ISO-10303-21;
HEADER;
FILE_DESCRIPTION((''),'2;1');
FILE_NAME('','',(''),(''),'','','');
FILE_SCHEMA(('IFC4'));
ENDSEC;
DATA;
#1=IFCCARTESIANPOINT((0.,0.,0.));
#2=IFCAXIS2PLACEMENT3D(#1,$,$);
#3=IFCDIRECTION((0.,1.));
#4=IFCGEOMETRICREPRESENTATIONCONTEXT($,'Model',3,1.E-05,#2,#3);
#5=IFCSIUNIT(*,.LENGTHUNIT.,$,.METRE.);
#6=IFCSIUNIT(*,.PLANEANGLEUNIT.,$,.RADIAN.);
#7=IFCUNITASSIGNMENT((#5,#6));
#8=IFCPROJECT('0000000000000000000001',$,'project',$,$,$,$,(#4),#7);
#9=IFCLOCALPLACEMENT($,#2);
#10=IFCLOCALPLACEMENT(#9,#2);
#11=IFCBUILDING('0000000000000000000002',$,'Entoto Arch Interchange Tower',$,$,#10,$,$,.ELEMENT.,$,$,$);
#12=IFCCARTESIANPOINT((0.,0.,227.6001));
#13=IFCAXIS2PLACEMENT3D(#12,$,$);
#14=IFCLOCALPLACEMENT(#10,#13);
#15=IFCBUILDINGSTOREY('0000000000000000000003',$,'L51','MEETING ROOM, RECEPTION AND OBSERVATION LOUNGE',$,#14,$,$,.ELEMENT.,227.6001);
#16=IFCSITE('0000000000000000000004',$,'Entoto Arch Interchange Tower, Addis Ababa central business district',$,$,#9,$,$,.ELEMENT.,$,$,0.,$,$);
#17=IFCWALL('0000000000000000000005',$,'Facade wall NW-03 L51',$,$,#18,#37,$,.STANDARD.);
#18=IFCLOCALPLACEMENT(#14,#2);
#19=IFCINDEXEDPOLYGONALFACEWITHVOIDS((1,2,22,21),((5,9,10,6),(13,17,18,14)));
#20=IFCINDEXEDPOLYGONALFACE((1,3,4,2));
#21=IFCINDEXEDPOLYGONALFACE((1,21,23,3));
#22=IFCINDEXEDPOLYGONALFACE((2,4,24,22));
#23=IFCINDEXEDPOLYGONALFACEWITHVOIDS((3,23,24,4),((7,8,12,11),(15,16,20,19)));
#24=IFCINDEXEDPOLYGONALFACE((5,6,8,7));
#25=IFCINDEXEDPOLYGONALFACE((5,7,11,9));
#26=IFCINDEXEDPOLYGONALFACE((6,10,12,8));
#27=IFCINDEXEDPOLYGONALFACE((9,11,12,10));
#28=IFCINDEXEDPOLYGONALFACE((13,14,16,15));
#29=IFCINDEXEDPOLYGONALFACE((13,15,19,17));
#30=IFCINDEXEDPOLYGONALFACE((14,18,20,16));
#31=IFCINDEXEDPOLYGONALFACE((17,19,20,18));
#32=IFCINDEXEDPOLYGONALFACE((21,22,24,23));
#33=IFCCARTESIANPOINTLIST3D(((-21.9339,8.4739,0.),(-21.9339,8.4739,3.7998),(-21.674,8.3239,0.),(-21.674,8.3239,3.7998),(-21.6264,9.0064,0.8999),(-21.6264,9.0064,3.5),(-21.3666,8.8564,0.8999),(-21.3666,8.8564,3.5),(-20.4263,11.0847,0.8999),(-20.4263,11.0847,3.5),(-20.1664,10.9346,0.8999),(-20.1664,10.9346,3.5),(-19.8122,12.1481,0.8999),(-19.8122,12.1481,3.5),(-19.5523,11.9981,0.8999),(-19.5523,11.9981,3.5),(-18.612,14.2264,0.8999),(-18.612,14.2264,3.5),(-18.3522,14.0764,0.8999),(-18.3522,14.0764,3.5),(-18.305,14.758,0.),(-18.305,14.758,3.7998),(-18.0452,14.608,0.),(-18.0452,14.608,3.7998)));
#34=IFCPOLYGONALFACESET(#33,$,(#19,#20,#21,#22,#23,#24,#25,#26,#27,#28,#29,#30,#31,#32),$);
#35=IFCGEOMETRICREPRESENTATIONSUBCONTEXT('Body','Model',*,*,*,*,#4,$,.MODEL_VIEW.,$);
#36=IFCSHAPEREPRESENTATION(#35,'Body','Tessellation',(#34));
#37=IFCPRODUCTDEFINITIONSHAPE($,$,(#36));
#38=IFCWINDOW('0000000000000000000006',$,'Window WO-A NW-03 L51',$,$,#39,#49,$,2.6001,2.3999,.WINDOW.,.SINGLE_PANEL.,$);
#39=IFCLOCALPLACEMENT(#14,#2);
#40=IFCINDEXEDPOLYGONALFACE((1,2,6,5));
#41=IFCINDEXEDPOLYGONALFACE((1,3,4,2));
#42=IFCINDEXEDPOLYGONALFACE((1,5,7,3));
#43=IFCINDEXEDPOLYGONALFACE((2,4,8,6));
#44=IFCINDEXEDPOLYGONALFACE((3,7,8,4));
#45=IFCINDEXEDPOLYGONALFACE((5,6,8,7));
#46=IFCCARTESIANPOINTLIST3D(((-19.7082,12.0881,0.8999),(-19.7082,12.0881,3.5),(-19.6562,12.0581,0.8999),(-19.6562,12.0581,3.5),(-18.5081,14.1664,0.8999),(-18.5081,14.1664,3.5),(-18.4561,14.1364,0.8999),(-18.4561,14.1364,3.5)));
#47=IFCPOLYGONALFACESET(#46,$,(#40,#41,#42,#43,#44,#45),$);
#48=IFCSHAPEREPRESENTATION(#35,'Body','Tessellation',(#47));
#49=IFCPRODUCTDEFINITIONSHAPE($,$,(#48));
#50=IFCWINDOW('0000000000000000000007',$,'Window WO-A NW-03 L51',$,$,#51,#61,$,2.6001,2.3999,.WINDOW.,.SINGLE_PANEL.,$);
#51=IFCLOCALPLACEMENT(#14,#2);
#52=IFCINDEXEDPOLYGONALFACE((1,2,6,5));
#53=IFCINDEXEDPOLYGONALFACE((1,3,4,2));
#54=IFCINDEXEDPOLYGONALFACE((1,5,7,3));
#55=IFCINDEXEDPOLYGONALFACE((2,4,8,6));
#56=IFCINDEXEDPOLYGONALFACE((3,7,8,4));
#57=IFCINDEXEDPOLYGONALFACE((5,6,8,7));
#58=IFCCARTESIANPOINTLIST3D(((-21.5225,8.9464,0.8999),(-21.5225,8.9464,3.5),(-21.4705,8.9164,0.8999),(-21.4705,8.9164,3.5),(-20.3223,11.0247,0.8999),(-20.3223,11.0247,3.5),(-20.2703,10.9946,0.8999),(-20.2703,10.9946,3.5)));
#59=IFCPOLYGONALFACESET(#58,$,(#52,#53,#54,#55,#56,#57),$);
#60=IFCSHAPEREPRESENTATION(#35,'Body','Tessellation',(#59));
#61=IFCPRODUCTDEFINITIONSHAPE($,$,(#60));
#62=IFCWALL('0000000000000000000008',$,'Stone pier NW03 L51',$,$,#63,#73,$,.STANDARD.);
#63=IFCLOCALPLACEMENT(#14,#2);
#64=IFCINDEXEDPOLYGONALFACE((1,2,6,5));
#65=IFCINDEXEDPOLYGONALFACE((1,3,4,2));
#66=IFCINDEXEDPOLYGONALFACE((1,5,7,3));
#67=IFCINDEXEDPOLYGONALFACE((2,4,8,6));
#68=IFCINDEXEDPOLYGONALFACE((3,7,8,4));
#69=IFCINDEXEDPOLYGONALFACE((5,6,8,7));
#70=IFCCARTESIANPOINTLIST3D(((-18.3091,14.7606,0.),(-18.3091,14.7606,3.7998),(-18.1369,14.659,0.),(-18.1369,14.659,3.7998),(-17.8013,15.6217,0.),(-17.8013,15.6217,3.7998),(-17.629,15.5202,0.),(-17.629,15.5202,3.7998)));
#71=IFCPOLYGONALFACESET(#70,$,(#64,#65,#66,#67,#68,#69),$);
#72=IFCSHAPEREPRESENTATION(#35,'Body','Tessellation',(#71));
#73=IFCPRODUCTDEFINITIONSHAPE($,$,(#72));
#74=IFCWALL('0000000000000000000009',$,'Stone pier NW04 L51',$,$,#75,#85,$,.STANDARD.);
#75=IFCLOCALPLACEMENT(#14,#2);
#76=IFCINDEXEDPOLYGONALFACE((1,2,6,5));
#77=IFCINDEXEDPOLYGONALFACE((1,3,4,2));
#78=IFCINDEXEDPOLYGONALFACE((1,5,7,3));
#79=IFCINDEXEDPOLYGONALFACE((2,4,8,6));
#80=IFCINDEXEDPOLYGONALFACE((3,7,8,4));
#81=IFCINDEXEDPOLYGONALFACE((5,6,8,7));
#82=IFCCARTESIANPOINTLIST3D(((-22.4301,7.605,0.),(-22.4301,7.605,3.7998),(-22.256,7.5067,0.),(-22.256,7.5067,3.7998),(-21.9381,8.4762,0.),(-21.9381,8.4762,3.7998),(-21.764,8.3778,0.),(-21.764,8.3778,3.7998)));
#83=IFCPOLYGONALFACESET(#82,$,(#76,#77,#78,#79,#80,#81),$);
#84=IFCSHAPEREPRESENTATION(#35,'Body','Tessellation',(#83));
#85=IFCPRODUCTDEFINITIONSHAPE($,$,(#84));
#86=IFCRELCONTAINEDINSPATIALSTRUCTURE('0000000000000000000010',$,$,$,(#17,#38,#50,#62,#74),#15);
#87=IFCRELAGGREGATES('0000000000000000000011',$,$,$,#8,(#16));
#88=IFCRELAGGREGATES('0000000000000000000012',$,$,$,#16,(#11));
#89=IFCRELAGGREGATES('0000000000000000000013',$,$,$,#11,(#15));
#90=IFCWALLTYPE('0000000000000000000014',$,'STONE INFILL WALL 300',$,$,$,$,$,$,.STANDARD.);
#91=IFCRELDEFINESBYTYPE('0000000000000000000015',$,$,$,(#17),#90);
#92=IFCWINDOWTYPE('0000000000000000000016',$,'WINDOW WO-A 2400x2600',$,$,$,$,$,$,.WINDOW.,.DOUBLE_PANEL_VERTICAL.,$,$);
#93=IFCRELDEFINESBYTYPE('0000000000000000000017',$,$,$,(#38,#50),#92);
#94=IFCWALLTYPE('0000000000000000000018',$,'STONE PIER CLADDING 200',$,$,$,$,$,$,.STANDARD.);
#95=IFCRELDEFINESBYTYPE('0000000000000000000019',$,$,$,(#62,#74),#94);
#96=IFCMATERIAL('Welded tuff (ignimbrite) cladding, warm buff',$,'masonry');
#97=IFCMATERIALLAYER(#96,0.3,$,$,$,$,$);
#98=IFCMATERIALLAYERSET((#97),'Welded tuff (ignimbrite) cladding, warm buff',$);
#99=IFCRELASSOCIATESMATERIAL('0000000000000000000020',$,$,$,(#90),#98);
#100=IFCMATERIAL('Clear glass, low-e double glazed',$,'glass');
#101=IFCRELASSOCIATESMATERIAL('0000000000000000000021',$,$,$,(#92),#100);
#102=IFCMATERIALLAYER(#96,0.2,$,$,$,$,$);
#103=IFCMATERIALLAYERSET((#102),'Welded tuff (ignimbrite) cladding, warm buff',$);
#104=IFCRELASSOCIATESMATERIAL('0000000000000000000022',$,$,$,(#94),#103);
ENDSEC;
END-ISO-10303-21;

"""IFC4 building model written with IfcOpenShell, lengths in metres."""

from ifc_helpers import new_model, si_unit, direction, frame, frame_2d, origin, place, context, subcontext, project, spatial, rectangle, extrude, material, layer, layer_set, type_object, element, fill, save


model = new_model("IFC4")

# Units and contexts
model_context = context("Model", 3, precision=1e-05, world=origin(), true_north=direction((0.0, 1.0)))
body_context = subcontext(model_context, "Body", "Model", "MODEL_VIEW")
ifc_project = project(units=[si_unit("LENGTHUNIT", "METRE"), si_unit("PLANEANGLEUNIT", "RADIAN")], contexts=[model_context])

# Site, building, storey
site_placement = place(None, origin())
site = spatial("IfcSite", under=ifc_project, at=site_placement, Name="Entoto Arch Interchange Tower, Addis Ababa central business district", CompositionType="ELEMENT", RefElevation=0.0)
building_placement = place(site_placement, origin())
building = spatial("IfcBuilding", under=site, at=building_placement, Name="Entoto Arch Interchange Tower", CompositionType="ELEMENT")
storey_placement = place(building_placement, frame((0.0, 0.0, 227.6001)))
storey = spatial("IfcBuildingStorey", under=building, at=storey_placement, Name="L51", Description="MEETING ROOM, RECEPTION AND OBSERVATION LOUNGE", CompositionType="ELEMENT", Elevation=227.6001)

# Wall, openings, windows
ifc_material_1 = material(Name="Welded tuff (ignimbrite) cladding, warm buff", Category="masonry")
ifc_layer_1 = layer(ifc_material_1, 0.3)
ifc_layer_set_1 = layer_set([ifc_layer_1], Name="Welded tuff (ignimbrite) cladding, warm buff")
wall_type_1 = type_object("IfcWallType", Name="STONE INFILL WALL 300", PredefinedType="STANDARD", material=ifc_layer_set_1)
wall_1_placement = place(storey_placement, frame((-18.175, 14.6831, 0.0), z_axis=(0.0, 0.0, 1.0), x_axis=(-0.500076, -0.865982, 0.0)))
wall_1 = element("IfcWall", 1, at=wall_1_placement, inside=storey, type_object=wall_type_1, Name="Facade wall NW-03 L51", PredefinedType="STANDARD", context=body_context, shape_type="SweptSolid", body=[
    extrude(rectangle(XDim=7.2566, YDim=0.3, at=frame_2d((3.6284, 0.0))), origin(), (0.0, 0.0, 1.0), 3.7998),
])
opening_1_placement = place(wall_1_placement, frame((0.614, 0.0, 0.8999)))
opening_1 = element("IfcOpeningElement", 2, at=opening_1_placement, cuts=wall_1, PredefinedType="OPENING", context=body_context, shape_type="SweptSolid", body=[
    extrude(rectangle(XDim=2.3999, YDim=2.6001, at=frame_2d((1.2, 1.3))), frame((0.0, 0.1602, 0.0), z_axis=(0.0, -1.0, 0.0), x_axis=(1.0, 0.0, 0.0)), (0.0, 0.0, 1.0), 0.3201),
])
opening_2_placement = place(wall_1_placement, frame((4.2419, 0.0, 0.8999)))
opening_2 = element("IfcOpeningElement", 3, at=opening_2_placement, cuts=wall_1, PredefinedType="OPENING", context=body_context, shape_type="SweptSolid", body=[
    extrude(rectangle(XDim=2.3999, YDim=2.6001, at=frame_2d((1.2, 1.3))), frame((0.0, 0.1602, 0.0), z_axis=(0.0, -1.0, 0.0), x_axis=(1.0, 0.0, 0.0)), (0.0, 0.0, 1.0), 0.3201),
])
ifc_material_2 = material(Name="Clear glass, low-e double glazed", Category="glass")
window_type = type_object("IfcWindowType", Name="WINDOW WO-A 2400x2600", PartitioningType="DOUBLE_PANEL_VERTICAL", PredefinedType="WINDOW", material=ifc_material_2)
window_1_placement = place(opening_1_placement, origin())
window_1 = element("IfcWindow", 4, at=window_1_placement, inside=storey, type_object=window_type, Name="Window WO-A NW-03 L51", OverallHeight=2.6001, OverallWidth=2.3999, PartitioningType="SINGLE_PANEL", PredefinedType="WINDOW", context=body_context, shape_type="SweptSolid", body=[
    extrude(rectangle(XDim=2.3999, YDim=2.6001, at=frame_2d((1.2, 1.3))), frame((0.0, 0.03, 0.0), z_axis=(0.0, -1.0, 0.0), x_axis=(1.0, 0.0, 0.0)), (0.0, 0.0, 1.0), 0.0601),
])
fill(opening_1, window_1)
window_2_placement = place(opening_2_placement, origin())
window_2 = element("IfcWindow", 5, at=window_2_placement, inside=storey, type_object=window_type, Name="Window WO-A NW-03 L51", OverallHeight=2.6001, OverallWidth=2.3999, PartitioningType="SINGLE_PANEL", PredefinedType="WINDOW", context=body_context, shape_type="SweptSolid", body=[
    extrude(rectangle(XDim=2.3999, YDim=2.6001, at=frame_2d((1.2, 1.3))), frame((0.0, 0.03, 0.0), z_axis=(0.0, -1.0, 0.0), x_axis=(1.0, 0.0, 0.0)), (0.0, 0.0, 1.0), 0.0601),
])
fill(opening_2, window_2)

# Walls
ifc_layer_2 = layer(ifc_material_1, 0.2)
ifc_layer_set_2 = layer_set([ifc_layer_2], Name="Welded tuff (ignimbrite) cladding, warm buff")
wall_type_2 = type_object("IfcWallType", Name="STONE PIER CLADDING 200", PredefinedType="STANDARD", material=ifc_layer_set_2)
wall_2_placement = place(storey_placement, frame((-17.7151, 15.571, 0.0), z_axis=(0.0, 0.0, 1.0), x_axis=(-0.50798, -0.861369, 0.0)))
element("IfcWall", 6, at=wall_2_placement, inside=storey, type_object=wall_type_2, Name="Stone pier NW03 L51", PredefinedType="STANDARD", context=body_context, shape_type="SweptSolid", body=[
    extrude(rectangle(XDim=0.9998, YDim=0.2, at=frame_2d((0.5, 0.0))), origin(), (0.0, 0.0, 1.0), 3.7998),
])
wall_3_placement = place(storey_placement, frame((-21.8511, 8.427, 0.0), z_axis=(0.0, 0.0, 1.0), x_axis=(-0.491744, -0.87074, 0.0)))
element("IfcWall", 7, at=wall_3_placement, inside=storey, type_object=wall_type_2, Name="Stone pier NW04 L51", PredefinedType="STANDARD", context=body_context, shape_type="SweptSolid", body=[
    extrude(rectangle(XDim=1.0005, YDim=0.2, at=frame_2d((0.5002, 0.0))), origin(), (0.0, 0.0, 1.0), 3.7998),
])

save(model, "model.ifc")
